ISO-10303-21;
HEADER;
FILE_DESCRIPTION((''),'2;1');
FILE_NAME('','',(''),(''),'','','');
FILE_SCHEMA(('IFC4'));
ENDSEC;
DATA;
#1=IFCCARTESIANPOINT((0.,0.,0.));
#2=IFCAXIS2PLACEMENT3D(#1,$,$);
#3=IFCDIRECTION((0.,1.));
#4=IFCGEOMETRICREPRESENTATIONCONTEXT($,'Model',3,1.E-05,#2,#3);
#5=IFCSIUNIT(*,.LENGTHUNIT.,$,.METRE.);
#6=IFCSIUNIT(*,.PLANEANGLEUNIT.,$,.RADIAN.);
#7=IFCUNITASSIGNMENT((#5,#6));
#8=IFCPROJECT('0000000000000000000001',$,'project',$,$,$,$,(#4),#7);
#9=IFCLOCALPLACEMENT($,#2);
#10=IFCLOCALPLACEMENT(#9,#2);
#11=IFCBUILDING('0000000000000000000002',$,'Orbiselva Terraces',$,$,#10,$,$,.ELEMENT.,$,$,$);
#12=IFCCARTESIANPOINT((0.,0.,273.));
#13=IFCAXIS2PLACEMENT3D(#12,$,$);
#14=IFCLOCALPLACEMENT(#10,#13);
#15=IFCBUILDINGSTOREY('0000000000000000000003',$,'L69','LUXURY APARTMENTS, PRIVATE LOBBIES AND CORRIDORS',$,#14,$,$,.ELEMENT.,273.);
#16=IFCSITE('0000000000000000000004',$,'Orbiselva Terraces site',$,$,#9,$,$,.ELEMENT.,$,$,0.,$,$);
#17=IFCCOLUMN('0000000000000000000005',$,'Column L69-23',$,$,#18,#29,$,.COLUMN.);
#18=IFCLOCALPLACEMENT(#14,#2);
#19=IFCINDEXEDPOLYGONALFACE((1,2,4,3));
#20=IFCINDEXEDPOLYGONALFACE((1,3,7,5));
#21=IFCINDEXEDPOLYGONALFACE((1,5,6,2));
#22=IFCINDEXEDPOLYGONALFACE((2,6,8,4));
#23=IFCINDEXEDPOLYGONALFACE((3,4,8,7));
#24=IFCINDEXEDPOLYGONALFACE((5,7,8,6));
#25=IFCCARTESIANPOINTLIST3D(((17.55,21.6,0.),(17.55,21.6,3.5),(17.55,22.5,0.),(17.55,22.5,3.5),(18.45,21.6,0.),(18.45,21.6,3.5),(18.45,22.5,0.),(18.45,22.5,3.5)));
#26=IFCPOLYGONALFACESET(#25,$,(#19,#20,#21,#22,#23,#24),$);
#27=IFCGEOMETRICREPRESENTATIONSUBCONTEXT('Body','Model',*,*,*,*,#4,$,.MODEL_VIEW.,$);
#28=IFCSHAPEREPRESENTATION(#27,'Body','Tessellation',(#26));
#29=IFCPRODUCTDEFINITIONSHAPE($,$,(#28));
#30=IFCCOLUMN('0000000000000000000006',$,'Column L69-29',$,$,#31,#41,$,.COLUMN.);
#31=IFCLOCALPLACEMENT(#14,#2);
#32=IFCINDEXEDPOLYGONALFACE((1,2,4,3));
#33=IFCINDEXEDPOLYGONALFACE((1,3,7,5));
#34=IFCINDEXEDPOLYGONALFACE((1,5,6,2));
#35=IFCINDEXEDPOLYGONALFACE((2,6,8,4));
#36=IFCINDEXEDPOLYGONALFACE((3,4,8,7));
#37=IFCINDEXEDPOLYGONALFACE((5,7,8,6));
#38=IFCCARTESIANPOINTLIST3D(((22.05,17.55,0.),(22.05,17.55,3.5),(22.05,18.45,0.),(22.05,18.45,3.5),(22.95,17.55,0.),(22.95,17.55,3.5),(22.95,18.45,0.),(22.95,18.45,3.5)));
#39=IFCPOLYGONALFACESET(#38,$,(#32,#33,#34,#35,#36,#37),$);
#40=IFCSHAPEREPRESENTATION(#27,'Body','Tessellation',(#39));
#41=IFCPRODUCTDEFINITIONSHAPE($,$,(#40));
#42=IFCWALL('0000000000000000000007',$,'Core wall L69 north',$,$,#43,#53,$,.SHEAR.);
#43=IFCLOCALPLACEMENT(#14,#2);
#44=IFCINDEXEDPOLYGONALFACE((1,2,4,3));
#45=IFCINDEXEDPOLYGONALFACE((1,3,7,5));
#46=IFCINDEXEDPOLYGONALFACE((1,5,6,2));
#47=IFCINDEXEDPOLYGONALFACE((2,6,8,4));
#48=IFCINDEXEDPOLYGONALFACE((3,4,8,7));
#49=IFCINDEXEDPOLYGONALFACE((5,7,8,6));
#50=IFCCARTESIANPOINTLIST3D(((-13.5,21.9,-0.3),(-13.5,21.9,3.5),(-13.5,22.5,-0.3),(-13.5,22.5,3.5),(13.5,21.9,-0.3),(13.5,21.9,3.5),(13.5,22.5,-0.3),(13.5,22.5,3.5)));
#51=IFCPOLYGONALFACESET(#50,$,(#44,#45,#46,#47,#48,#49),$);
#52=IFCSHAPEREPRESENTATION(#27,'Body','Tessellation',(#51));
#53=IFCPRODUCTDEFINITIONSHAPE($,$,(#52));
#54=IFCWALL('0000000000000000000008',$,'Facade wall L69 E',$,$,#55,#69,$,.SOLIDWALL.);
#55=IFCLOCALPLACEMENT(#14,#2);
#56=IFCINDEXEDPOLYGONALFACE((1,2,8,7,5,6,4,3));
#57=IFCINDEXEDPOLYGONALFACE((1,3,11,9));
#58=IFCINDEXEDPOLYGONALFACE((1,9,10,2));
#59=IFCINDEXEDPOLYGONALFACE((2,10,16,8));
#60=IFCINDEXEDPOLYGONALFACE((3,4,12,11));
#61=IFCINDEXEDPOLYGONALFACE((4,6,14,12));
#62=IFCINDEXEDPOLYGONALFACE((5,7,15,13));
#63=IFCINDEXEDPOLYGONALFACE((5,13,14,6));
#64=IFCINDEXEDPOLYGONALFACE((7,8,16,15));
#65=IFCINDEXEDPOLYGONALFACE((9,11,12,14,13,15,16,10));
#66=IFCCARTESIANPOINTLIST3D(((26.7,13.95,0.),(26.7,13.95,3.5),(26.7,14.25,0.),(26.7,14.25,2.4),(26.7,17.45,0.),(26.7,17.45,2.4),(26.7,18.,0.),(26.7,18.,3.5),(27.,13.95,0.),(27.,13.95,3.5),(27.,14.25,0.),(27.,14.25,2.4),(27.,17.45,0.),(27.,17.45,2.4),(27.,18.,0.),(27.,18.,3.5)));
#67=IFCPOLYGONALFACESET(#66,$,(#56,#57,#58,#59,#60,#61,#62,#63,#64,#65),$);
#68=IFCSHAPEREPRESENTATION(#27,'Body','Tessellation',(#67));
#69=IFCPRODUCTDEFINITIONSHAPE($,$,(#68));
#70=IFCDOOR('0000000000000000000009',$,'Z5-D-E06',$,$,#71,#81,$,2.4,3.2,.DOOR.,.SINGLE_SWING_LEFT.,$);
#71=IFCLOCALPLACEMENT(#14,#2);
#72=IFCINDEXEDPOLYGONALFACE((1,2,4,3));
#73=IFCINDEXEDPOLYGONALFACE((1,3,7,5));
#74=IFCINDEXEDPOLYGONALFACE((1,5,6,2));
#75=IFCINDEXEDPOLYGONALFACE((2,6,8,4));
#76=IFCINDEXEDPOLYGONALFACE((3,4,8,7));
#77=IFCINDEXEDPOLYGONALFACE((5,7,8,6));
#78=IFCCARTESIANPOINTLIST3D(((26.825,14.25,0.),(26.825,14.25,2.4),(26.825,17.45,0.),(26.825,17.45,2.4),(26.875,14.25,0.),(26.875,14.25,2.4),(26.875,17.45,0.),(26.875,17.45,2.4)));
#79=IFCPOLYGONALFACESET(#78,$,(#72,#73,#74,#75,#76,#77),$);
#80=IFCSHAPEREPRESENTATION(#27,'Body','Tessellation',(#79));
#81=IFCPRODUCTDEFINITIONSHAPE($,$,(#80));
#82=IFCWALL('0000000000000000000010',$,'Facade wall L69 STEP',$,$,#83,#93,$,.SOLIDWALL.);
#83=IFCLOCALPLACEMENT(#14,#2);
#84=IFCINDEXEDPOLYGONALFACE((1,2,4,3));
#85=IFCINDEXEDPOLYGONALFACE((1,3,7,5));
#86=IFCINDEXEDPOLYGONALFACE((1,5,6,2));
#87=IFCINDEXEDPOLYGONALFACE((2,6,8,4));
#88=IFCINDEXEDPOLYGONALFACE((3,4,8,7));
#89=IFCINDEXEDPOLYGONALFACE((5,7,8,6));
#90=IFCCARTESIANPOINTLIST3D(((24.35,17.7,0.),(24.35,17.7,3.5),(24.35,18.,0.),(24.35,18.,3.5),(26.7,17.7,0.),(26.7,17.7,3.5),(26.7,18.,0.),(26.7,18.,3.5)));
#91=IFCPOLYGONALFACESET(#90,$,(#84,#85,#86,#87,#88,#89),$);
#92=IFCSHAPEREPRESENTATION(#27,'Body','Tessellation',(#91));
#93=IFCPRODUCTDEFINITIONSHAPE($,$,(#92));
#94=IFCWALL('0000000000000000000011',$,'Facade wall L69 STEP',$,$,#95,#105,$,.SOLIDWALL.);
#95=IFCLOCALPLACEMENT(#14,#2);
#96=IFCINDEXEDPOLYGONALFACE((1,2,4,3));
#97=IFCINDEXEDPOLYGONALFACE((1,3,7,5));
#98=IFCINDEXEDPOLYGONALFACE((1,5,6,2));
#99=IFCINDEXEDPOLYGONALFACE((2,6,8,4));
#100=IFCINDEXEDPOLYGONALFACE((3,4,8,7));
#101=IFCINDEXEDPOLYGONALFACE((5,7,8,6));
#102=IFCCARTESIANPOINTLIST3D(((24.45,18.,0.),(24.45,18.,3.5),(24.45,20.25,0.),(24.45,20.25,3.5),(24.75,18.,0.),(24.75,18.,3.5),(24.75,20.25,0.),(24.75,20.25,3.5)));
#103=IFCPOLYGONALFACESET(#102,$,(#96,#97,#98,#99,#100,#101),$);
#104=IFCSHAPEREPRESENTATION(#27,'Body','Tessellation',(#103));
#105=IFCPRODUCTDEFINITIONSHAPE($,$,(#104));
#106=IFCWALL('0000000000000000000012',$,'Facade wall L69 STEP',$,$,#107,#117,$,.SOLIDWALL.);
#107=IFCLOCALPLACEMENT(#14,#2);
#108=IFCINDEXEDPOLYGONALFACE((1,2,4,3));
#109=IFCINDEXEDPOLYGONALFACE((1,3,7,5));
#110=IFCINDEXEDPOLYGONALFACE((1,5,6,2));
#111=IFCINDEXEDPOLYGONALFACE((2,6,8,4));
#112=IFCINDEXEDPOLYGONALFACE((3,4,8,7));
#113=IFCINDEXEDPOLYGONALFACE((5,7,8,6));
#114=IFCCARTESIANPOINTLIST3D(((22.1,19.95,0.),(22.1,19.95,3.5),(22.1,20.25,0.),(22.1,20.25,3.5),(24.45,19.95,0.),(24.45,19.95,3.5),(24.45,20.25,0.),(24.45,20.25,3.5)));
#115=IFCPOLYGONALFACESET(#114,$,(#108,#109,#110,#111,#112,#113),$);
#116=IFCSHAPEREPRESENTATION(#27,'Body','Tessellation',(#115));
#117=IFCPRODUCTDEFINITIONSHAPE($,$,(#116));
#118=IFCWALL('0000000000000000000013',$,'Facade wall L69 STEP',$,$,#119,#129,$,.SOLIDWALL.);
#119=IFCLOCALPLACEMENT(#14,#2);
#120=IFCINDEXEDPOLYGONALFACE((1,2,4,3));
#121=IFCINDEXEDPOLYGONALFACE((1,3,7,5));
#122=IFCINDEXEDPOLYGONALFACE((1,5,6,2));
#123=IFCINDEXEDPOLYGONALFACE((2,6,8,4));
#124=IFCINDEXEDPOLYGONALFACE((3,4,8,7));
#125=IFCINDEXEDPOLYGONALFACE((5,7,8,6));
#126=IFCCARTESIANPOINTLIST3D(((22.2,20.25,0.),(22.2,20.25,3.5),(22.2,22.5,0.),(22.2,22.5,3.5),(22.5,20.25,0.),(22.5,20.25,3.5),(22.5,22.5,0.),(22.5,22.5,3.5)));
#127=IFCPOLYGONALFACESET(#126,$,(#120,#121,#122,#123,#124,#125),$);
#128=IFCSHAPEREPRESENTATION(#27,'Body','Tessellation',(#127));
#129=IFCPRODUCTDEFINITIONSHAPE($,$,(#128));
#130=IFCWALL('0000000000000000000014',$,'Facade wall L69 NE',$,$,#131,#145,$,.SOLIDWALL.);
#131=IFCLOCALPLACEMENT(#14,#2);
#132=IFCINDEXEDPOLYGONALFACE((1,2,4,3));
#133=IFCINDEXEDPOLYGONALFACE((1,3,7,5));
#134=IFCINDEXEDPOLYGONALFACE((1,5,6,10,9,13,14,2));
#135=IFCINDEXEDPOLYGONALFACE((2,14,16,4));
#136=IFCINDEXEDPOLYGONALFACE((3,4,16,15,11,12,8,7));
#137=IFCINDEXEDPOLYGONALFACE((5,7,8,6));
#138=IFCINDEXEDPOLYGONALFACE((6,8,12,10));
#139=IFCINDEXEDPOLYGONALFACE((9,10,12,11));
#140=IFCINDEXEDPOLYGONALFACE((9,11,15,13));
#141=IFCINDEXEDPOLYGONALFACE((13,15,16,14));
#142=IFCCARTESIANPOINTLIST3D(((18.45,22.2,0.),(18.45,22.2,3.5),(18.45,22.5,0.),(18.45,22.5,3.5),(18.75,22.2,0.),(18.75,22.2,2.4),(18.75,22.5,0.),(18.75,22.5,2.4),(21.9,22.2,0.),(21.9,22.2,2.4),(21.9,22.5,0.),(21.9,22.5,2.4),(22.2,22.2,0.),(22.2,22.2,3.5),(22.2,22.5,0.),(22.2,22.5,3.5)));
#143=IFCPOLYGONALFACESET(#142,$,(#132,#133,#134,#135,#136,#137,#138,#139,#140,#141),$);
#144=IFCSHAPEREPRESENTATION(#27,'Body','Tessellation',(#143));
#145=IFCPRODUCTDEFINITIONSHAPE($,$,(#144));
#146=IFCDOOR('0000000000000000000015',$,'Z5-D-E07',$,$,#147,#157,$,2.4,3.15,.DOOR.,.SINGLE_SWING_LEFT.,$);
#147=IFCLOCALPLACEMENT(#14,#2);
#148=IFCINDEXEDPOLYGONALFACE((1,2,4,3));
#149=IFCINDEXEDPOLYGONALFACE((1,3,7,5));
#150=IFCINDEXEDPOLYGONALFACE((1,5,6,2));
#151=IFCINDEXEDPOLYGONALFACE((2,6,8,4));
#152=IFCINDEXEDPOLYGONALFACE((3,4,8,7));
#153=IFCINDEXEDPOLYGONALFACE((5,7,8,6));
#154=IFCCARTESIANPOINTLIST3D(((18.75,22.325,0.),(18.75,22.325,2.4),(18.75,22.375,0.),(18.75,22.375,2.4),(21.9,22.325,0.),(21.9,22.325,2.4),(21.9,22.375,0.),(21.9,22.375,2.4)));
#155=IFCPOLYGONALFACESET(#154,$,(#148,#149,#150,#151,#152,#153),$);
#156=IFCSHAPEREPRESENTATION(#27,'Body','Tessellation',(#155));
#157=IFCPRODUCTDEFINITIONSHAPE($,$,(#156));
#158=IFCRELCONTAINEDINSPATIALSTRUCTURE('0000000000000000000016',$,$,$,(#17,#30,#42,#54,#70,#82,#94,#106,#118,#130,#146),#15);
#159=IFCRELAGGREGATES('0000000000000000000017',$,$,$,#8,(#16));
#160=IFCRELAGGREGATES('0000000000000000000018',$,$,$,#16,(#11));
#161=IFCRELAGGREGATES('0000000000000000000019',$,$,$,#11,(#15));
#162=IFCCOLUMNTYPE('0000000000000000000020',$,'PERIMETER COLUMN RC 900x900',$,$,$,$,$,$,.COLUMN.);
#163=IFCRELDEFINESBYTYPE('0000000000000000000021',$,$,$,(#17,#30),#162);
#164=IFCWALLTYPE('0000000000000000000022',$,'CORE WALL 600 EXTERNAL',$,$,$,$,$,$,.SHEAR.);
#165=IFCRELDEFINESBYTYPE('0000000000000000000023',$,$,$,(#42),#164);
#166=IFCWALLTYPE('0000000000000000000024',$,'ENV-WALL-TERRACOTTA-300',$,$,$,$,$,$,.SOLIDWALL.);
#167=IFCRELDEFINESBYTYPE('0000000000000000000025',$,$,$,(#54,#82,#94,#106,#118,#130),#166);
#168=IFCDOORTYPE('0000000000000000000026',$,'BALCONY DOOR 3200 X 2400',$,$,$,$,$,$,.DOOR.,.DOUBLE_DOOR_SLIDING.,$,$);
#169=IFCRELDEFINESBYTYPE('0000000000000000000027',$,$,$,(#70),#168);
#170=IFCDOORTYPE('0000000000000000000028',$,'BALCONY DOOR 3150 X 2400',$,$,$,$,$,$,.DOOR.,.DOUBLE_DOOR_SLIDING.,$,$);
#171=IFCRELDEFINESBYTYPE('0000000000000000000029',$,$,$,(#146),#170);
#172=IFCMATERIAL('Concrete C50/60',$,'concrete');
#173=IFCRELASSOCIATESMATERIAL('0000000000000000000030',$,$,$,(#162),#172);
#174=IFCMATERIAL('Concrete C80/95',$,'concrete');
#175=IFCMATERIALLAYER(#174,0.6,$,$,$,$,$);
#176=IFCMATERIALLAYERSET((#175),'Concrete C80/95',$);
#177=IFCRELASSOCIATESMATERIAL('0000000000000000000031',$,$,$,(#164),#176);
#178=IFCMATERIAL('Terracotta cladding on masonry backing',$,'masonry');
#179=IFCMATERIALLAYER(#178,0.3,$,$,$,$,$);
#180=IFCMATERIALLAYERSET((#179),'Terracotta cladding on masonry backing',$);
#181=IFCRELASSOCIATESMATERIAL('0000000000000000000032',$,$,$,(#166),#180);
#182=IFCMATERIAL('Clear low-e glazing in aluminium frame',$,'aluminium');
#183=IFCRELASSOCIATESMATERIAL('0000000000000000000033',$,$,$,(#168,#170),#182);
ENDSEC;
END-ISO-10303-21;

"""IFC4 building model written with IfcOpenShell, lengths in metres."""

from ifc_helpers import new_model, si_unit, direction, frame, frame_2d, origin, origin_2d, place, context, subcontext, project, spatial, rectangle, extrude, material, layer, layer_set, material_profile, profile_set, type_object, element, fill, save


model = new_model("IFC4")

# Units and contexts
model_context = context("Model", 3, precision=1e-05, world=origin(), true_north=direction((0.0, 1.0)))
body_context = subcontext(model_context, "Body", "Model", "MODEL_VIEW")
ifc_project = project(units=[si_unit("LENGTHUNIT", "METRE"), si_unit("PLANEANGLEUNIT", "RADIAN")], contexts=[model_context])

# Site, building, storey
site_placement = place(None, origin())
site = spatial("IfcSite", under=ifc_project, at=site_placement, Name="Orbiselva Terraces site", CompositionType="ELEMENT", RefElevation=0.0)
building_placement = place(site_placement, origin())
building = spatial("IfcBuilding", under=site, at=building_placement, Name="Orbiselva Terraces", CompositionType="ELEMENT")
storey_placement = place(building_placement, frame((0.0, 0.0, 273.0)))
storey = spatial("IfcBuildingStorey", under=building, at=storey_placement, Name="L69", Description="LUXURY APARTMENTS, PRIVATE LOBBIES AND CORRIDORS", CompositionType="ELEMENT", Elevation=273.0)

# Columns
ifc_material_1 = material(Name="Concrete C50/60", Category="concrete")
ifc_material_profile = material_profile(ifc_material_1, rectangle(XDim=0.9, YDim=0.9, at=origin_2d()), Name="RC 900x900")
ifc_profile_set = profile_set([ifc_material_profile], Name="Concrete C50/60")
column_type = type_object("IfcColumnType", Name="PERIMETER COLUMN RC 900x900", PredefinedType="COLUMN", material=ifc_profile_set)
for number, where, z_axis, x_axis, name in (
    (1, (18.0, 22.05, 0.0), (0.0, 0.0, 1.0), (1.0, 0.0, 0.0), "Column L69-23"),
    (2, (22.5, 18.0, 0.0), (0.0, 0.0, 1.0), (1.0, 0.0, 0.0), "Column L69-29"),
):
    element("IfcColumn", number, at=place(storey_placement, frame(where, z_axis=z_axis, x_axis=x_axis)), inside=storey, type_object=column_type, Name=name, PredefinedType="COLUMN", context=body_context, shape_type="SweptSolid", body=[
        extrude(rectangle(XDim=0.9, YDim=0.9, at=origin_2d()), origin(), (0.0, 0.0, 1.0), 3.5),
    ])

# Wall
ifc_material_2 = material(Name="Concrete C80/95", Category="concrete")
ifc_layer_1 = layer(ifc_material_2, 0.6)
ifc_layer_set_1 = layer_set([ifc_layer_1], Name="Concrete C80/95")
wall_type_1 = type_object("IfcWallType", Name="CORE WALL 600 EXTERNAL", PredefinedType="SHEAR", material=ifc_layer_set_1)
wall_1_placement = place(storey_placement, frame((13.5, 22.2, -0.3), z_axis=(0.0, 0.0, 1.0), x_axis=(-1.0, 0.0, 0.0)))
element("IfcWall", 3, at=wall_1_placement, inside=storey, type_object=wall_type_1, Name="Core wall L69 north", PredefinedType="SHEAR", context=body_context, shape_type="SweptSolid", body=[
    extrude(rectangle(XDim=27.0, YDim=0.6, at=frame_2d((13.5, 0.0))), origin(), (0.0, 0.0, 1.0), 3.8),
])

# Wall, opening, door
ifc_material_3 = material(Name="Terracotta cladding on masonry backing", Category="masonry")
ifc_layer_2 = layer(ifc_material_3, 0.3)
ifc_layer_set_2 = layer_set([ifc_layer_2], Name="Terracotta cladding on masonry backing")
wall_type_2 = type_object("IfcWallType", Name="ENV-WALL-TERRACOTTA-300", PredefinedType="SOLIDWALL", material=ifc_layer_set_2)
wall_2_placement = place(storey_placement, frame((26.85, 18.0, 0.0), z_axis=(0.0, 0.0, 1.0), x_axis=(0.0, -1.0, 0.0)))
wall_2 = element("IfcWall", 4, at=wall_2_placement, inside=storey, type_object=wall_type_2, Name="Facade wall L69 E", PredefinedType="SOLIDWALL", context=body_context, shape_type="SweptSolid", body=[
    extrude(rectangle(XDim=4.05, YDim=0.3, at=frame_2d((2.025, 0.0))), origin(), (0.0, 0.0, 1.0), 3.5),
])
opening_1_placement = place(wall_2_placement, frame((0.55, 0.0, 0.0)))
opening_1 = element("IfcOpeningElement", 5, at=opening_1_placement, cuts=wall_2, PredefinedType="OPENING", context=body_context, shape_type="SweptSolid", body=[
    extrude(rectangle(XDim=3.2, YDim=2.4, at=frame_2d((1.6, 1.2))), frame((0.0, 0.16, 0.0), z_axis=(0.0, -1.0, 0.0), x_axis=(1.0, 0.0, 0.0)), (0.0, 0.0, 1.0), 0.32),
])
ifc_material_4 = material(Name="Clear low-e glazing in aluminium frame", Category="aluminium")
door_type_1 = type_object("IfcDoorType", Name="BALCONY DOOR 3200 X 2400", OperationType="DOUBLE_DOOR_SLIDING", PredefinedType="DOOR", material=ifc_material_4)
door_1_placement = place(opening_1_placement, origin())
door_1 = element("IfcDoor", 6, at=door_1_placement, inside=storey, type_object=door_type_1, Name="Z5-D-E06", OperationType="SINGLE_SWING_LEFT", OverallHeight=2.4, OverallWidth=3.2, PredefinedType="DOOR", context=body_context, shape_type="SweptSolid", body=[
    extrude(rectangle(XDim=3.2, YDim=2.4, at=frame_2d((1.6, 1.2))), frame((0.0, 0.025, 0.0), z_axis=(0.0, -1.0, 0.0), x_axis=(1.0, 0.0, 0.0)), (0.0, 0.0, 1.0), 0.05),
])
fill(opening_1, door_1)

# Walls
wall_3_placement = place(storey_placement, frame((24.35, 17.85, 0.0), z_axis=(0.0, 0.0, 1.0), x_axis=(1.0, 0.0, 0.0)))
element("IfcWall", 7, at=wall_3_placement, inside=storey, type_object=wall_type_2, Name="Facade wall L69 STEP", PredefinedType="SOLIDWALL", context=body_context, shape_type="SweptSolid", body=[
    extrude(rectangle(XDim=2.35, YDim=0.3, at=frame_2d((1.175, 0.0))), origin(), (0.0, 0.0, 1.0), 3.5),
])
wall_4_placement = place(storey_placement, frame((24.6, 20.25, 0.0), z_axis=(0.0, 0.0, 1.0), x_axis=(0.0, -1.0, 0.0)))
element("IfcWall", 8, at=wall_4_placement, inside=storey, type_object=wall_type_2, Name="Facade wall L69 STEP", PredefinedType="SOLIDWALL", context=body_context, shape_type="SweptSolid", body=[
    extrude(rectangle(XDim=2.25, YDim=0.3, at=frame_2d((1.125, 0.0))), origin(), (0.0, 0.0, 1.0), 3.5),
])
wall_5_placement = place(storey_placement, frame((22.1, 20.1, 0.0), z_axis=(0.0, 0.0, 1.0), x_axis=(1.0, 0.0, 0.0)))
element("IfcWall", 9, at=wall_5_placement, inside=storey, type_object=wall_type_2, Name="Facade wall L69 STEP", PredefinedType="SOLIDWALL", context=body_context, shape_type="SweptSolid", body=[
    extrude(rectangle(XDim=2.35, YDim=0.3, at=frame_2d((1.175, 0.0))), origin(), (0.0, 0.0, 1.0), 3.5),
])
wall_6_placement = place(storey_placement, frame((22.35, 22.5, 0.0), z_axis=(0.0, 0.0, 1.0), x_axis=(0.0, -1.0, 0.0)))
element("IfcWall", 10, at=wall_6_placement, inside=storey, type_object=wall_type_2, Name="Facade wall L69 STEP", PredefinedType="SOLIDWALL", context=body_context, shape_type="SweptSolid", body=[
    extrude(rectangle(XDim=2.25, YDim=0.3, at=frame_2d((1.125, 0.0))), origin(), (0.0, 0.0, 1.0), 3.5),
])

# Wall, opening, door
wall_7_placement = place(storey_placement, frame((18.45, 22.35, 0.0), z_axis=(0.0, 0.0, 1.0), x_axis=(1.0, 0.0, 0.0)))
wall_7 = element("IfcWall", 11, at=wall_7_placement, inside=storey, type_object=wall_type_2, Name="Facade wall L69 NE", PredefinedType="SOLIDWALL", context=body_context, shape_type="SweptSolid", body=[
    extrude(rectangle(XDim=3.75, YDim=0.3, at=frame_2d((1.875, 0.0))), origin(), (0.0, 0.0, 1.0), 3.5),
])
opening_2_placement = place(wall_7_placement, frame((0.3, 0.0, 0.0)))
opening_2 = element("IfcOpeningElement", 12, at=opening_2_placement, cuts=wall_7, PredefinedType="OPENING", context=body_context, shape_type="SweptSolid", body=[
    extrude(rectangle(XDim=3.15, YDim=2.4, at=frame_2d((1.575, 1.2))), frame((0.0, 0.16, 0.0), z_axis=(0.0, -1.0, 0.0), x_axis=(1.0, 0.0, 0.0)), (0.0, 0.0, 1.0), 0.32),
])
door_type_2 = type_object("IfcDoorType", Name="BALCONY DOOR 3150 X 2400", OperationType="DOUBLE_DOOR_SLIDING", PredefinedType="DOOR", material=ifc_material_4)
door_2_placement = place(opening_2_placement, origin())
door_2 = element("IfcDoor", 13, at=door_2_placement, inside=storey, type_object=door_type_2, Name="Z5-D-E07", OperationType="SINGLE_SWING_LEFT", OverallHeight=2.4, OverallWidth=3.15, PredefinedType="DOOR", context=body_context, shape_type="SweptSolid", body=[
    extrude(rectangle(XDim=3.15, YDim=2.4, at=frame_2d((1.575, 1.2))), frame((0.0, 0.025, 0.0), z_axis=(0.0, -1.0, 0.0), x_axis=(1.0, 0.0, 0.0)), (0.0, 0.0, 1.0), 0.05),
])
fill(opening_2, door_2)

save(model, "model.ifc")
